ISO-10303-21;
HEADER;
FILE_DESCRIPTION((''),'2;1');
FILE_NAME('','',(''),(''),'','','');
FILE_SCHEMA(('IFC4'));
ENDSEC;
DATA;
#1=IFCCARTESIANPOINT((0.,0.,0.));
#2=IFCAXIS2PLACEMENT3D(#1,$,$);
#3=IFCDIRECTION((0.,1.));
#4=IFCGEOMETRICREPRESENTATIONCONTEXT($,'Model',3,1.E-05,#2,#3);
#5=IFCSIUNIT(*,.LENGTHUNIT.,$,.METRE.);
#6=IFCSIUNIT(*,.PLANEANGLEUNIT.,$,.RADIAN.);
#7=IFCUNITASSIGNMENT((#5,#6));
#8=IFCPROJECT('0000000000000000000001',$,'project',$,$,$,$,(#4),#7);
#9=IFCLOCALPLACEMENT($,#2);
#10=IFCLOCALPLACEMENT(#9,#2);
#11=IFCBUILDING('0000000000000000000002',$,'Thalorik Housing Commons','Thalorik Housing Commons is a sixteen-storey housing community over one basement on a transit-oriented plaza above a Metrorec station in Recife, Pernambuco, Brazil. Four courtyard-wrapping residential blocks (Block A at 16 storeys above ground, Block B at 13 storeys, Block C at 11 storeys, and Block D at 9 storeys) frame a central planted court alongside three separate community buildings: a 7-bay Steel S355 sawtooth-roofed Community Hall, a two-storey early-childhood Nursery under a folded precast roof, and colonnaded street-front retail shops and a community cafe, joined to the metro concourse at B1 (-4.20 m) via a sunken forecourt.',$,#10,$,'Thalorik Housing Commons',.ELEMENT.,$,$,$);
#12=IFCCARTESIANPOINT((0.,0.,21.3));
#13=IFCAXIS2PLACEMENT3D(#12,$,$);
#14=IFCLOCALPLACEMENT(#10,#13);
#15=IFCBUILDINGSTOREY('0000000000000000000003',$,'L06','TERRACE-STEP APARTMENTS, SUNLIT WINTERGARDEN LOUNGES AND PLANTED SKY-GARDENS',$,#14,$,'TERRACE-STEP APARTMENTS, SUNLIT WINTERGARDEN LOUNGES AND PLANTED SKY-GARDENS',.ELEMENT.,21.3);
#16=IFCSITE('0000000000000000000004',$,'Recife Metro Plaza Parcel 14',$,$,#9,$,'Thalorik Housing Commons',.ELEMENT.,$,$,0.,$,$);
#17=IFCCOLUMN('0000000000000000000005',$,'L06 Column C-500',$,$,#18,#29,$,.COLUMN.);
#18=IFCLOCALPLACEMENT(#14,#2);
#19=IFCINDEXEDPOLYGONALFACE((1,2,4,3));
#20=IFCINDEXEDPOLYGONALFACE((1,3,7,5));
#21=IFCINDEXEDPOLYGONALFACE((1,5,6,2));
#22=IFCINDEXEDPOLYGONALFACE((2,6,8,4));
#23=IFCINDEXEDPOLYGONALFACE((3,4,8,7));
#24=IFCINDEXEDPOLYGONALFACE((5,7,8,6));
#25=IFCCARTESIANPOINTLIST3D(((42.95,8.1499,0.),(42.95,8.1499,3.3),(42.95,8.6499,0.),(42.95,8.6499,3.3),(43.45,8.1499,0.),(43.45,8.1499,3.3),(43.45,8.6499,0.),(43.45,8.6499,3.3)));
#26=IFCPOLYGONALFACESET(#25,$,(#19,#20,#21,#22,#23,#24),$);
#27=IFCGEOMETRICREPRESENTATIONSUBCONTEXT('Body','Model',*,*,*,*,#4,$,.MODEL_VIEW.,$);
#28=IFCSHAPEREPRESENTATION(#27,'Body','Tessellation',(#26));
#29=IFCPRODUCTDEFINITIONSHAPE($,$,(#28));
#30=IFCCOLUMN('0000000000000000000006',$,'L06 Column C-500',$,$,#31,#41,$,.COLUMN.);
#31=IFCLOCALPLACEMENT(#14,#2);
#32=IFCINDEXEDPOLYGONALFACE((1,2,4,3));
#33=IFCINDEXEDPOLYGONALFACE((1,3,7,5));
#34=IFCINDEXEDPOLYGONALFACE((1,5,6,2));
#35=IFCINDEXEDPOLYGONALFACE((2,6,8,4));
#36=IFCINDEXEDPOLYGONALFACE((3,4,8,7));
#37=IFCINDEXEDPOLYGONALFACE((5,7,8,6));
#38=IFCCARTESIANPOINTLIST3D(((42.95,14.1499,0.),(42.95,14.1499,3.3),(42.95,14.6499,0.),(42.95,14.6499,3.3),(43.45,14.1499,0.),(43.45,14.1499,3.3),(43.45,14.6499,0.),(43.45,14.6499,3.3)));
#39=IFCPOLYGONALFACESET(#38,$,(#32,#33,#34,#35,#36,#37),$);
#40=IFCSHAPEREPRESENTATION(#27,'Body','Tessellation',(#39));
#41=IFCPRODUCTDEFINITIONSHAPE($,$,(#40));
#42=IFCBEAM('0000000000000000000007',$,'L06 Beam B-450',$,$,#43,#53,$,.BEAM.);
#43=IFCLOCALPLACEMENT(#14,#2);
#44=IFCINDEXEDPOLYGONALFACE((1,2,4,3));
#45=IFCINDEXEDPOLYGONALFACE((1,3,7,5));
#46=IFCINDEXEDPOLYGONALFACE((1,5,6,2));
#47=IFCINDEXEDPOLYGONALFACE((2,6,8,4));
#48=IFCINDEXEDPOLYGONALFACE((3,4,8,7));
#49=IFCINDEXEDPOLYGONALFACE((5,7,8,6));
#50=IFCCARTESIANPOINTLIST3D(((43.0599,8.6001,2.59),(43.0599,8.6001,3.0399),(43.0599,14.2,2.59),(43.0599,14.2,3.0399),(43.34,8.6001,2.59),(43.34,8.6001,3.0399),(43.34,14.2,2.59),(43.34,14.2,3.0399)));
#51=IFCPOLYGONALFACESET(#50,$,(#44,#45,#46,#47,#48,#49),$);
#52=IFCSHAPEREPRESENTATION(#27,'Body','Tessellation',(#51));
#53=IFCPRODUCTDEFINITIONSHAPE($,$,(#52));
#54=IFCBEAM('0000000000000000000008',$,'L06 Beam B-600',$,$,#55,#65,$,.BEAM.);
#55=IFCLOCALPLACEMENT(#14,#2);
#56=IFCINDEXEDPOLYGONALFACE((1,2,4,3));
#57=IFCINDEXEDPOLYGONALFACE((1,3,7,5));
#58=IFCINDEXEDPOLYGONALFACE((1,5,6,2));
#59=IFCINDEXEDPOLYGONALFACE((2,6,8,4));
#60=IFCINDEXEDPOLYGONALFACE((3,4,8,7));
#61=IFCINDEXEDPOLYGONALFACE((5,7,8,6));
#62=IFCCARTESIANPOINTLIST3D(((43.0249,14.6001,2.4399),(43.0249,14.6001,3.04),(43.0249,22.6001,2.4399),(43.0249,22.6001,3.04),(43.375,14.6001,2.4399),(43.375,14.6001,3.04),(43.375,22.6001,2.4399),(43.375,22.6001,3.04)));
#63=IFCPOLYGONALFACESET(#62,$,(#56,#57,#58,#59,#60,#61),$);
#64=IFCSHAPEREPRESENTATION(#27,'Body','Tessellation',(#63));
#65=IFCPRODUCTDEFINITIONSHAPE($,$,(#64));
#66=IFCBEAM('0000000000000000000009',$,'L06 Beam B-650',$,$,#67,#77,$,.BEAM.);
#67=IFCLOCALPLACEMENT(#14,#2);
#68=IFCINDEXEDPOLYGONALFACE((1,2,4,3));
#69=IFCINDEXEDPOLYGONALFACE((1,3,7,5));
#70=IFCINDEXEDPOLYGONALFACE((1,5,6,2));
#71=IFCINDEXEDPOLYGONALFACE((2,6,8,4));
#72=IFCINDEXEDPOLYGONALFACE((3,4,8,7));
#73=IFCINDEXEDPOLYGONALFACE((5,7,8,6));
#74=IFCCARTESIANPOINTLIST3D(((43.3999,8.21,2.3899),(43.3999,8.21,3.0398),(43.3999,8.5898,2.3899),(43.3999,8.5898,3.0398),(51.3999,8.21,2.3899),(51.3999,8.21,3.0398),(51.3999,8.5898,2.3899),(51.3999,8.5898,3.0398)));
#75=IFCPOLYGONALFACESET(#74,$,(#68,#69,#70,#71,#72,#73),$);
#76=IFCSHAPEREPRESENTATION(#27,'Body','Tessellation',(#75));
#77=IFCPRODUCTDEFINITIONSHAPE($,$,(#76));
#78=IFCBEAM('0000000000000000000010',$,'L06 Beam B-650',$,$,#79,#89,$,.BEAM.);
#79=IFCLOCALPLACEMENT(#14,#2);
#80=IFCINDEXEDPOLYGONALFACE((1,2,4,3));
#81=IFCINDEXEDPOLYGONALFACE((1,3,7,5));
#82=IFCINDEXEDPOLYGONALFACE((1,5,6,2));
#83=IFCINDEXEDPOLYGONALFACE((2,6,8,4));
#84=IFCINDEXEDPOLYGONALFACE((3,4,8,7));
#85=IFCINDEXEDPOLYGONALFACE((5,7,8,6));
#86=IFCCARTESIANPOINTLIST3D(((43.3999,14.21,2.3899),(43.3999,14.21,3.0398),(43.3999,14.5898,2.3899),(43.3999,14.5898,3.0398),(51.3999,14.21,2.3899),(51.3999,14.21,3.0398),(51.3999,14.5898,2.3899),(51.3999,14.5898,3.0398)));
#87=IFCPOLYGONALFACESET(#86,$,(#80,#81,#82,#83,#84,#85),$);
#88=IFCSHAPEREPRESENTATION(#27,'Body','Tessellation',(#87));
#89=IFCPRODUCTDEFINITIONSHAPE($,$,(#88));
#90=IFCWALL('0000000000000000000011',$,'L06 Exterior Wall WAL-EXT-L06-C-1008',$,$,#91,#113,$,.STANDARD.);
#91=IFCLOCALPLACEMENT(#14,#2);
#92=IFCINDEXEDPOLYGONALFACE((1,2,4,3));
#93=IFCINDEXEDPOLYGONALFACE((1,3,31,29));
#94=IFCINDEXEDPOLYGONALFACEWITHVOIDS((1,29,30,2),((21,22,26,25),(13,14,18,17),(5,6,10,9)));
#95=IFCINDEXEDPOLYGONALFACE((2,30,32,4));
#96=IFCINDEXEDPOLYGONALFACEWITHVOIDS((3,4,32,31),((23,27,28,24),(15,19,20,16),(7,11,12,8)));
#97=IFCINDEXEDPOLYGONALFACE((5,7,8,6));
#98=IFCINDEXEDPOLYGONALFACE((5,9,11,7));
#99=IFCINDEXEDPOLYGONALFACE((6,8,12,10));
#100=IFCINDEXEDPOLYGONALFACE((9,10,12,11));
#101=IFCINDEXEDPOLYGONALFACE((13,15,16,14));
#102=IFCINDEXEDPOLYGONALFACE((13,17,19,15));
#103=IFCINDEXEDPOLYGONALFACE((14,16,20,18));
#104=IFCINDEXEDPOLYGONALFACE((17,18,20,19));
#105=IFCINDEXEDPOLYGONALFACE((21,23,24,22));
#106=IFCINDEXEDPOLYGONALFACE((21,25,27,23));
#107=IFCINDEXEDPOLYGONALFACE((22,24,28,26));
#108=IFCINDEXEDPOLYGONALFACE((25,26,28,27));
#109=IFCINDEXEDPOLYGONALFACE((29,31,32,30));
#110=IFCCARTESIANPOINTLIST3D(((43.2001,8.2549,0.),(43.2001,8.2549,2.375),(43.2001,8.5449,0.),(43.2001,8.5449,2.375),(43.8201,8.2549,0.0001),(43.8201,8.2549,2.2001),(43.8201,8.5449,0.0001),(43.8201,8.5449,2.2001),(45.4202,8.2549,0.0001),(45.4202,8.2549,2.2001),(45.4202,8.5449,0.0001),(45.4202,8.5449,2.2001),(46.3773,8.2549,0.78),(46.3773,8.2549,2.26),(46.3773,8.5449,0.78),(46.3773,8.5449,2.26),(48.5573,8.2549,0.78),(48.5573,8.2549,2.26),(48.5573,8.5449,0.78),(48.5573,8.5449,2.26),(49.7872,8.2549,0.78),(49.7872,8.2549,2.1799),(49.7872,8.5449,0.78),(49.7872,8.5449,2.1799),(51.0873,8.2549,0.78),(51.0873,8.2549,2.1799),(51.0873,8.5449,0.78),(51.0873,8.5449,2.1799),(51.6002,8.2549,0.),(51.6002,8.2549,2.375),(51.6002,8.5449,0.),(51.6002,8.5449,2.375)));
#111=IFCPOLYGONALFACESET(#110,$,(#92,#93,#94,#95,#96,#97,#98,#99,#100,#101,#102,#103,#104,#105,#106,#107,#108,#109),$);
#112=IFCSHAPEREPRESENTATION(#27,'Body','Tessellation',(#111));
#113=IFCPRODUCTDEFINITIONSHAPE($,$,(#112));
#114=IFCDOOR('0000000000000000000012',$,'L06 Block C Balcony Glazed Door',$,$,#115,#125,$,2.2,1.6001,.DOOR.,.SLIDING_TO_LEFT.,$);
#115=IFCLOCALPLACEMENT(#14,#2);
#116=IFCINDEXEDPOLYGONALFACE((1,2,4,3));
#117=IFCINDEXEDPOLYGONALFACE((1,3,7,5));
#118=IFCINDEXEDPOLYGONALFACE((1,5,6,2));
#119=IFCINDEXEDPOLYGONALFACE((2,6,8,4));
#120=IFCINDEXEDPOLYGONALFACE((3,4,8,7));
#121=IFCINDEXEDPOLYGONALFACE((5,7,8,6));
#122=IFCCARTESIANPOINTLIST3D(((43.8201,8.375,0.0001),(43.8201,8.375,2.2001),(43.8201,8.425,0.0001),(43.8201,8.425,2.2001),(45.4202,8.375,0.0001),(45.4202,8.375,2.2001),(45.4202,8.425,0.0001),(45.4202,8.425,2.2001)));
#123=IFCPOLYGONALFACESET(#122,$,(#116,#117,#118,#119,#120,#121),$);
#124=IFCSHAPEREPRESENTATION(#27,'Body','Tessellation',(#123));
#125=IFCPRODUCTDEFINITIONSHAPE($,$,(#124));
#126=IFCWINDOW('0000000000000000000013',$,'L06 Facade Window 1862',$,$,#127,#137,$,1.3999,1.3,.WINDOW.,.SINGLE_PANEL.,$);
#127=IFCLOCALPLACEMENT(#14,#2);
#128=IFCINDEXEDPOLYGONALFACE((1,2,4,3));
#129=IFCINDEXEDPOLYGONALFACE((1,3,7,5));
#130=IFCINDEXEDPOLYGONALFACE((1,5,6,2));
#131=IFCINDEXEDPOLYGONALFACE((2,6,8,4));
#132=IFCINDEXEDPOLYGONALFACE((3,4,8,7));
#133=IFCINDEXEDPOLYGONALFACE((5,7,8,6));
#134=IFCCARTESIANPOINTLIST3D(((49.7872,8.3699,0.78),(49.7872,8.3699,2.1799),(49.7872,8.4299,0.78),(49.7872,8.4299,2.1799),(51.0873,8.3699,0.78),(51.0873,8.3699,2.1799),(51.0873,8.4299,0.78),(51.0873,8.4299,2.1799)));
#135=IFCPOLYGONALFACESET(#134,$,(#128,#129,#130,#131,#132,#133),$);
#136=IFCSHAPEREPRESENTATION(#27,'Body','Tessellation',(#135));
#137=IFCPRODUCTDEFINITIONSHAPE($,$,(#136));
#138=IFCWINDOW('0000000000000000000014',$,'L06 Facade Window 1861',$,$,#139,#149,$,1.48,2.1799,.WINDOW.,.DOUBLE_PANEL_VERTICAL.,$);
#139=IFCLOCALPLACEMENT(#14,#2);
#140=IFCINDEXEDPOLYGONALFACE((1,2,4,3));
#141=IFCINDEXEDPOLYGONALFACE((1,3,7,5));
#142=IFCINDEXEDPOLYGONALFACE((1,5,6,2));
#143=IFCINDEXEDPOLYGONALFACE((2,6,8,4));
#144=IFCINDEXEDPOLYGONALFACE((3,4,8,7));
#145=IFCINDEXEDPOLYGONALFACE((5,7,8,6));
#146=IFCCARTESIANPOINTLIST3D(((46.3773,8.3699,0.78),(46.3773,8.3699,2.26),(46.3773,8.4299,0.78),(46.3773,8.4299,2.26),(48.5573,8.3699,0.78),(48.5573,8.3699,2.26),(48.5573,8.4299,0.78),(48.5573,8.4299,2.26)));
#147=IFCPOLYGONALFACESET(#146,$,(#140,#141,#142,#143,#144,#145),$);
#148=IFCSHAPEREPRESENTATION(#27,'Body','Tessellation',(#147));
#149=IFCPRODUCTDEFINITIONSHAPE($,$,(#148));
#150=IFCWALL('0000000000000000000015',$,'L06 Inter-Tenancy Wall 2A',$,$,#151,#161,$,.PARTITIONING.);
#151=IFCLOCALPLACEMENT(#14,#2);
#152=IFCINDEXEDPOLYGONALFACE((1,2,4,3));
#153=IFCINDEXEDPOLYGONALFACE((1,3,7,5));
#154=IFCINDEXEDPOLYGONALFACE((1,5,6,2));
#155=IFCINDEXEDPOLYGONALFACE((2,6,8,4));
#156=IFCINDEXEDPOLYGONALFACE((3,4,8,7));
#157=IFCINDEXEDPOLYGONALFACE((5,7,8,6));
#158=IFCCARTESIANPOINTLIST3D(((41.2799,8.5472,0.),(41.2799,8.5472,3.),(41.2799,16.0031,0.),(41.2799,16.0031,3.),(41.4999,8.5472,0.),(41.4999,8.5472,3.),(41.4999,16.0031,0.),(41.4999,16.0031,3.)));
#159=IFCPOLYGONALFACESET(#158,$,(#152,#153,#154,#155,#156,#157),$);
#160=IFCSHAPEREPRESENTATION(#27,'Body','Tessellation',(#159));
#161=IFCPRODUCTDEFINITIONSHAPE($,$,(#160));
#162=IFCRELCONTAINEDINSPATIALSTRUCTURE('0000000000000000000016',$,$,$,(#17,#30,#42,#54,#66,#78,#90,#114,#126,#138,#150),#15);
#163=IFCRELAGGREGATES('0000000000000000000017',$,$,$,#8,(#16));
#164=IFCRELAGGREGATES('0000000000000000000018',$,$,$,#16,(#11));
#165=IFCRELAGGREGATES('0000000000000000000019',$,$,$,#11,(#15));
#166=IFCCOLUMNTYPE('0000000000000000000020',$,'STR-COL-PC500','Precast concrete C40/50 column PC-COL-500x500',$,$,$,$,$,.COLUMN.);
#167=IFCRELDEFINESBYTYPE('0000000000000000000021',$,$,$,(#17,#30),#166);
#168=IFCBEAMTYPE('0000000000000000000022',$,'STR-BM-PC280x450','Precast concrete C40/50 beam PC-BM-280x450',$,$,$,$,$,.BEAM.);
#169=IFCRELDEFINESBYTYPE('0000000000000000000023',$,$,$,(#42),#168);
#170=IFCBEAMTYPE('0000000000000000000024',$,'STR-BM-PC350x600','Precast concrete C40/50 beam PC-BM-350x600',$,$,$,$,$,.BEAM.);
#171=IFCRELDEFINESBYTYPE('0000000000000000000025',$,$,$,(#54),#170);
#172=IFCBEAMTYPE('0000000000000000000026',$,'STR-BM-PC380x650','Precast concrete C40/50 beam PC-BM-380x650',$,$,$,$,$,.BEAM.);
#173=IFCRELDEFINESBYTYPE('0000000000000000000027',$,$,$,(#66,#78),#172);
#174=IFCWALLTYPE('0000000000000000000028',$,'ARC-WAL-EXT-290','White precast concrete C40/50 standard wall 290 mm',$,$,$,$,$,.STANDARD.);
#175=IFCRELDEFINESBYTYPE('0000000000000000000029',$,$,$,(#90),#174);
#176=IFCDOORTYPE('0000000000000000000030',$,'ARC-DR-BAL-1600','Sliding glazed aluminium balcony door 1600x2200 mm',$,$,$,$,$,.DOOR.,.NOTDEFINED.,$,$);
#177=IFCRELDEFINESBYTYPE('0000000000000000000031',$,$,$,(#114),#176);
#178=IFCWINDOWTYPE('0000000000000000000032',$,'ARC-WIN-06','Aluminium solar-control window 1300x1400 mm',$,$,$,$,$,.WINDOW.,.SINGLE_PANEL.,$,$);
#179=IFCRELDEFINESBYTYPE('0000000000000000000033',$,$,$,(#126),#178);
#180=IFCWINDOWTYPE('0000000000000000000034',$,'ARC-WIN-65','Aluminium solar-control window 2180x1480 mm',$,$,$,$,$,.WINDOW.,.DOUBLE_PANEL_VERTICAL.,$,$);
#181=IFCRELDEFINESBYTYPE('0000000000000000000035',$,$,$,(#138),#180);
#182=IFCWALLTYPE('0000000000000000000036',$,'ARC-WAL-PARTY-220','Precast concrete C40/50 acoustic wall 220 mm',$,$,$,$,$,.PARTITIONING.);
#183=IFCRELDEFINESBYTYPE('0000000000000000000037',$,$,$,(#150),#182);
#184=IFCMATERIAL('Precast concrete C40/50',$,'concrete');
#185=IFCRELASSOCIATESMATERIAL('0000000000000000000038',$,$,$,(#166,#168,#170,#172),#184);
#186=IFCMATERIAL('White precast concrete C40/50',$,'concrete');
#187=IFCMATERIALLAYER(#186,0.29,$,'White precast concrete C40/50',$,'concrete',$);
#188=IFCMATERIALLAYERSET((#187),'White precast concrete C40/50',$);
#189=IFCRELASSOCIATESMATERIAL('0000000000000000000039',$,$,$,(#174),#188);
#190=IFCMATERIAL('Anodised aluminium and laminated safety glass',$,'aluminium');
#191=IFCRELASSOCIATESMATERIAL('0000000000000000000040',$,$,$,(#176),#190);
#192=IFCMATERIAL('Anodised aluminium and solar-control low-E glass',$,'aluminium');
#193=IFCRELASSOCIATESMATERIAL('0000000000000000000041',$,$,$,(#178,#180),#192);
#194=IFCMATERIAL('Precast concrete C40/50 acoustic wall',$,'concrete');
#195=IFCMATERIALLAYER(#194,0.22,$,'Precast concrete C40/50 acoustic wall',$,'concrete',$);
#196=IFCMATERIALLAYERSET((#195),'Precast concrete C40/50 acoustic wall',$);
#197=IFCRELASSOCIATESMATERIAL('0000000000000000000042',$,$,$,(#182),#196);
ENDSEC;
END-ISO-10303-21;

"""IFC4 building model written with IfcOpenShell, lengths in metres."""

from ifc_helpers import new_model, si_unit, direction, frame, frame_2d, origin, origin_2d, place, context, subcontext, project, spatial, rectangle, extrude, material, layer, layer_set, material_profile, profile_set, type_object, element, fill, save


model = new_model("IFC4")

# Units and contexts
model_context = context("Model", 3, precision=1e-05, world=origin(), true_north=direction((0.0, 1.0)))
body_context = subcontext(model_context, "Body", "Model", "MODEL_VIEW")
ifc_project = project(units=[si_unit("LENGTHUNIT", "METRE"), si_unit("PLANEANGLEUNIT", "RADIAN")], contexts=[model_context])

# Site, building, storey
site_placement = place(None, origin())
site = spatial("IfcSite", under=ifc_project, at=site_placement, Name="Recife Metro Plaza Parcel 14", LongName="Thalorik Housing Commons", CompositionType="ELEMENT", RefElevation=0.0)
building_placement = place(site_placement, origin())
building = spatial("IfcBuilding", under=site, at=building_placement, Name="Thalorik Housing Commons", Description="Thalorik Housing Commons is a sixteen-storey housing community over one basement on a transit-oriented plaza above a Metrorec station in Recife, Pernambuco, Brazil. Four courtyard-wrapping residential blocks (Block A at 16 storeys above ground, Block B at 13 storeys, Block C at 11 storeys, and Block D at 9 storeys) frame a central planted court alongside three separate community buildings: a 7-bay Steel S355 sawtooth-roofed Community Hall, a two-storey early-childhood Nursery under a folded precast roof, and colonnaded street-front retail shops and a community cafe, joined to the metro concourse at B1 (-4.20 m) via a sunken forecourt.", LongName="Thalorik Housing Commons", CompositionType="ELEMENT")
storey_placement = place(building_placement, frame((0.0, 0.0, 21.3)))
storey = spatial("IfcBuildingStorey", under=building, at=storey_placement, Name="L06", Description="TERRACE-STEP APARTMENTS, SUNLIT WINTERGARDEN LOUNGES AND PLANTED SKY-GARDENS", LongName="TERRACE-STEP APARTMENTS, SUNLIT WINTERGARDEN LOUNGES AND PLANTED SKY-GARDENS", CompositionType="ELEMENT", Elevation=21.3)

# Columns
ifc_material_1 = material(Name="Precast concrete C40/50", Category="concrete")
ifc_material_profile_1 = material_profile(ifc_material_1, rectangle(XDim=0.5, YDim=0.5, at=origin_2d()), Name="PC 500x500", Category="concrete")
ifc_profile_set_1 = profile_set([ifc_material_profile_1], Name="Precast concrete C40/50")
column_type = type_object("IfcColumnType", Name="STR-COL-PC500", Description="Precast concrete C40/50 column PC-COL-500x500", PredefinedType="COLUMN", material=ifc_profile_set_1)
for number, where, z_axis, x_axis, name in (
    (1, (43.2, 8.3999, 0.0), (0.0, 0.0, 1.0), (1.0, 0.0, 0.0), "L06 Column C-500"),
    (2, (43.2, 14.3999, 0.0), (0.0, 0.0, 1.0), (1.0, 0.0, 0.0), "L06 Column C-500"),
):
    element("IfcColumn", number, at=place(storey_placement, frame(where, z_axis=z_axis, x_axis=x_axis)), inside=storey, type_object=column_type, Name=name, PredefinedType="COLUMN", context=body_context, shape_type="SweptSolid", body=[
        extrude(rectangle(XDim=0.5, YDim=0.5, at=origin_2d()), origin(), (0.0, 0.0, 1.0), 3.3),
    ])

# Beams
ifc_material_profile_2 = material_profile(ifc_material_1, rectangle(XDim=0.28, YDim=0.45, at=origin_2d()), Name="PC 280x450", Category="concrete")
ifc_profile_set_2 = profile_set([ifc_material_profile_2], Name="Precast concrete C40/50")
beam_type_1 = type_object("IfcBeamType", Name="STR-BM-PC280x450", Description="Precast concrete C40/50 beam PC-BM-280x450", PredefinedType="BEAM", material=ifc_profile_set_2)
beam_1_placement = place(storey_placement, frame((43.2, 8.6001, 2.8149), z_axis=(0.0, 1.0, 0.0), x_axis=(-1.0, 0.0, 0.0)))
element("IfcBeam", 3, at=beam_1_placement, inside=storey, type_object=beam_type_1, Name="L06 Beam B-450", PredefinedType="BEAM", context=body_context, shape_type="SweptSolid", body=[
    extrude(rectangle(XDim=0.28, YDim=0.45, at=origin_2d()), origin(), (0.0, 0.0, 1.0), 5.5999),
])
ifc_material_profile_3 = material_profile(ifc_material_1, rectangle(XDim=0.3501, YDim=0.6001, at=origin_2d()), Name="PC 350x600", Category="concrete")
ifc_profile_set_3 = profile_set([ifc_material_profile_3], Name="Precast concrete C40/50")
beam_type_2 = type_object("IfcBeamType", Name="STR-BM-PC350x600", Description="Precast concrete C40/50 beam PC-BM-350x600", PredefinedType="BEAM", material=ifc_profile_set_3)
beam_2_placement = place(storey_placement, frame((43.2, 14.6001, 2.74), z_axis=(0.0, 1.0, 0.0), x_axis=(-1.0, 0.0, 0.0)))
element("IfcBeam", 4, at=beam_2_placement, inside=storey, type_object=beam_type_2, Name="L06 Beam B-600", PredefinedType="BEAM", context=body_context, shape_type="SweptSolid", body=[
    extrude(rectangle(XDim=0.3501, YDim=0.6001, at=origin_2d()), origin(), (0.0, 0.0, 1.0), 8.0),
])
ifc_material_profile_4 = material_profile(ifc_material_1, rectangle(XDim=0.3799, YDim=0.6499, at=origin_2d()), Name="PC 380x650", Category="concrete")
ifc_profile_set_4 = profile_set([ifc_material_profile_4], Name="Precast concrete C40/50")
beam_type_3 = type_object("IfcBeamType", Name="STR-BM-PC380x650", Description="Precast concrete C40/50 beam PC-BM-380x650", PredefinedType="BEAM", material=ifc_profile_set_4)
for number, where, z_axis, x_axis, name in (
    (5, (43.3999, 8.3999, 2.7148), (1.0, 0.0, 0.0), (0.0, 1.0, 0.0), "L06 Beam B-650"),
    (6, (43.3999, 14.3999, 2.7148), (1.0, 0.0, 0.0), (0.0, 1.0, 0.0), "L06 Beam B-650"),
):
    element("IfcBeam", number, at=place(storey_placement, frame(where, z_axis=z_axis, x_axis=x_axis)), inside=storey, type_object=beam_type_3, Name=name, PredefinedType="BEAM", context=body_context, shape_type="SweptSolid", body=[
        extrude(rectangle(XDim=0.3799, YDim=0.6499, at=origin_2d()), origin(), (0.0, 0.0, 1.0), 8.0),
    ])

# Wall, openings, door, windows
ifc_material_2 = material(Name="White precast concrete C40/50", Category="concrete")
ifc_layer_1 = layer(ifc_material_2, 0.29, Name="White precast concrete C40/50", Category="concrete")
ifc_layer_set_1 = layer_set([ifc_layer_1], Name="White precast concrete C40/50")
wall_type_1 = type_object("IfcWallType", Name="ARC-WAL-EXT-290", Description="White precast concrete C40/50 standard wall 290 mm", PredefinedType="STANDARD", material=ifc_layer_set_1)
wall_1_placement = place(storey_placement, frame((43.2, 8.3999, 0.0), z_axis=(0.0, 0.0, 1.0), x_axis=(1.0, 0.0, 0.0)))
wall_1 = element("IfcWall", 7, at=wall_1_placement, inside=storey, type_object=wall_type_1, Name="L06 Exterior Wall WAL-EXT-L06-C-1008", PredefinedType="STANDARD", context=body_context, shape_type="SweptSolid", body=[
    extrude(rectangle(XDim=8.4001, YDim=0.29, at=frame_2d((4.2002, 0.0))), origin(), (0.0, 0.0, 1.0), 2.375),
])
opening_1_placement = place(wall_1_placement, frame((0.6201, 0.0, 0.0)))
opening_1 = element("IfcOpeningElement", 8, at=opening_1_placement, cuts=wall_1, PredefinedType="OPENING", context=body_context, shape_type="SweptSolid", body=[
    extrude(rectangle(XDim=1.6001, YDim=2.2, at=frame_2d((0.8, 1.1001))), frame((0.0, 0.155, 0.0), z_axis=(0.0, -1.0, 0.0), x_axis=(1.0, 0.0, 0.0)), (0.0, 0.0, 1.0), 0.3101),
])
opening_2_placement = place(wall_1_placement, frame((3.1775, 0.0, 0.78)))
opening_2 = element("IfcOpeningElement", 9, at=opening_2_placement, cuts=wall_1, PredefinedType="OPENING", context=body_context, shape_type="SweptSolid", body=[
    extrude(rectangle(XDim=2.1799, YDim=1.48, at=frame_2d((1.0898, 0.74))), frame((0.0, 0.155, 0.0), z_axis=(0.0, -1.0, 0.0), x_axis=(1.0, 0.0, 0.0)), (0.0, 0.0, 1.0), 0.3101),
])
opening_3_placement = place(wall_1_placement, frame((6.5874, 0.0, 0.78)))
opening_3 = element("IfcOpeningElement", 10, at=opening_3_placement, cuts=wall_1, PredefinedType="OPENING", context=body_context, shape_type="SweptSolid", body=[
    extrude(rectangle(XDim=1.3, YDim=1.3999, at=frame_2d((0.6499, 0.7))), frame((0.0, 0.155, 0.0), z_axis=(0.0, -1.0, 0.0), x_axis=(1.0, 0.0, 0.0)), (0.0, 0.0, 1.0), 0.3101),
])
ifc_material_3 = material(Name="Anodised aluminium and laminated safety glass", Category="aluminium")
door_type = type_object("IfcDoorType", Name="ARC-DR-BAL-1600", Description="Sliding glazed aluminium balcony door 1600x2200 mm", OperationType="NOTDEFINED", PredefinedType="DOOR", material=ifc_material_3)
door_placement = place(opening_1_placement, frame((1.6001, 0.0, 0.0), z_axis=(0.0, 0.0, 1.0), x_axis=(-1.0, 0.0, 0.0)))
door = element("IfcDoor", 11, at=door_placement, inside=storey, type_object=door_type, Name="L06 Block C Balcony Glazed Door", OperationType="SLIDING_TO_LEFT", OverallHeight=2.2, OverallWidth=1.6001, PredefinedType="DOOR", context=body_context, shape_type="SweptSolid", body=[
    extrude(rectangle(XDim=1.6001, YDim=2.2, at=frame_2d((0.8, 1.1001))), frame((0.0, 0.0249, 0.0), z_axis=(0.0, -1.0, 0.0), x_axis=(1.0, 0.0, 0.0)), (0.0, 0.0, 1.0), 0.05),
])
fill(opening_1, door)
ifc_material_4 = material(Name="Anodised aluminium and solar-control low-E glass", Category="aluminium")
window_type_1 = type_object("IfcWindowType", Name="ARC-WIN-06", Description="Aluminium solar-control window 1300x1400 mm", PartitioningType="SINGLE_PANEL", PredefinedType="WINDOW", material=ifc_material_4)
window_1_placement = place(opening_3_placement, origin())
window_1 = element("IfcWindow", 12, at=window_1_placement, inside=storey, type_object=window_type_1, Name="L06 Facade Window 1862", OverallHeight=1.3999, OverallWidth=1.3, PartitioningType="SINGLE_PANEL", PredefinedType="WINDOW", context=body_context, shape_type="SweptSolid", body=[
    extrude(rectangle(XDim=1.3, YDim=1.3999, at=frame_2d((0.6499, 0.7))), frame((0.0, 0.03, 0.0), z_axis=(0.0, -1.0, 0.0), x_axis=(1.0, 0.0, 0.0)), (0.0, 0.0, 1.0), 0.0601),
])
fill(opening_3, window_1)
window_type_2 = type_object("IfcWindowType", Name="ARC-WIN-65", Description="Aluminium solar-control window 2180x1480 mm", PartitioningType="DOUBLE_PANEL_VERTICAL", PredefinedType="WINDOW", material=ifc_material_4)
window_2_placement = place(opening_2_placement, origin())
window_2 = element("IfcWindow", 13, at=window_2_placement, inside=storey, type_object=window_type_2, Name="L06 Facade Window 1861", OverallHeight=1.48, OverallWidth=2.1799, PartitioningType="DOUBLE_PANEL_VERTICAL", PredefinedType="WINDOW", context=body_context, shape_type="SweptSolid", body=[
    extrude(rectangle(XDim=2.1799, YDim=1.48, at=frame_2d((1.0898, 0.74))), frame((0.0, 0.03, 0.0), z_axis=(0.0, -1.0, 0.0), x_axis=(1.0, 0.0, 0.0)), (0.0, 0.0, 1.0), 0.0601),
])
fill(opening_2, window_2)

# Wall
ifc_material_5 = material(Name="Precast concrete C40/50 acoustic wall", Category="concrete")
ifc_layer_2 = layer(ifc_material_5, 0.22, Name="Precast concrete C40/50 acoustic wall", Category="concrete")
ifc_layer_set_2 = layer_set([ifc_layer_2], Name="Precast concrete C40/50 acoustic wall")
wall_type_2 = type_object("IfcWallType", Name="ARC-WAL-PARTY-220", Description="Precast concrete C40/50 acoustic wall 220 mm", PredefinedType="PARTITIONING", material=ifc_layer_set_2)
wall_2_placement = place(storey_placement, frame((41.3899, 8.5471, 0.0), z_axis=(0.0, 0.0, 1.0), x_axis=(0.0, 1.0, 0.0)))
element("IfcWall", 14, at=wall_2_placement, inside=storey, type_object=wall_type_2, Name="L06 Inter-Tenancy Wall 2A", PredefinedType="PARTITIONING", context=body_context, shape_type="SweptSolid", body=[
    extrude(rectangle(XDim=7.4558, YDim=0.22, at=frame_2d((3.728, 0.0))), origin(), (0.0, 0.0, 1.0), 3.0),
])

save(model, "model.ifc")
